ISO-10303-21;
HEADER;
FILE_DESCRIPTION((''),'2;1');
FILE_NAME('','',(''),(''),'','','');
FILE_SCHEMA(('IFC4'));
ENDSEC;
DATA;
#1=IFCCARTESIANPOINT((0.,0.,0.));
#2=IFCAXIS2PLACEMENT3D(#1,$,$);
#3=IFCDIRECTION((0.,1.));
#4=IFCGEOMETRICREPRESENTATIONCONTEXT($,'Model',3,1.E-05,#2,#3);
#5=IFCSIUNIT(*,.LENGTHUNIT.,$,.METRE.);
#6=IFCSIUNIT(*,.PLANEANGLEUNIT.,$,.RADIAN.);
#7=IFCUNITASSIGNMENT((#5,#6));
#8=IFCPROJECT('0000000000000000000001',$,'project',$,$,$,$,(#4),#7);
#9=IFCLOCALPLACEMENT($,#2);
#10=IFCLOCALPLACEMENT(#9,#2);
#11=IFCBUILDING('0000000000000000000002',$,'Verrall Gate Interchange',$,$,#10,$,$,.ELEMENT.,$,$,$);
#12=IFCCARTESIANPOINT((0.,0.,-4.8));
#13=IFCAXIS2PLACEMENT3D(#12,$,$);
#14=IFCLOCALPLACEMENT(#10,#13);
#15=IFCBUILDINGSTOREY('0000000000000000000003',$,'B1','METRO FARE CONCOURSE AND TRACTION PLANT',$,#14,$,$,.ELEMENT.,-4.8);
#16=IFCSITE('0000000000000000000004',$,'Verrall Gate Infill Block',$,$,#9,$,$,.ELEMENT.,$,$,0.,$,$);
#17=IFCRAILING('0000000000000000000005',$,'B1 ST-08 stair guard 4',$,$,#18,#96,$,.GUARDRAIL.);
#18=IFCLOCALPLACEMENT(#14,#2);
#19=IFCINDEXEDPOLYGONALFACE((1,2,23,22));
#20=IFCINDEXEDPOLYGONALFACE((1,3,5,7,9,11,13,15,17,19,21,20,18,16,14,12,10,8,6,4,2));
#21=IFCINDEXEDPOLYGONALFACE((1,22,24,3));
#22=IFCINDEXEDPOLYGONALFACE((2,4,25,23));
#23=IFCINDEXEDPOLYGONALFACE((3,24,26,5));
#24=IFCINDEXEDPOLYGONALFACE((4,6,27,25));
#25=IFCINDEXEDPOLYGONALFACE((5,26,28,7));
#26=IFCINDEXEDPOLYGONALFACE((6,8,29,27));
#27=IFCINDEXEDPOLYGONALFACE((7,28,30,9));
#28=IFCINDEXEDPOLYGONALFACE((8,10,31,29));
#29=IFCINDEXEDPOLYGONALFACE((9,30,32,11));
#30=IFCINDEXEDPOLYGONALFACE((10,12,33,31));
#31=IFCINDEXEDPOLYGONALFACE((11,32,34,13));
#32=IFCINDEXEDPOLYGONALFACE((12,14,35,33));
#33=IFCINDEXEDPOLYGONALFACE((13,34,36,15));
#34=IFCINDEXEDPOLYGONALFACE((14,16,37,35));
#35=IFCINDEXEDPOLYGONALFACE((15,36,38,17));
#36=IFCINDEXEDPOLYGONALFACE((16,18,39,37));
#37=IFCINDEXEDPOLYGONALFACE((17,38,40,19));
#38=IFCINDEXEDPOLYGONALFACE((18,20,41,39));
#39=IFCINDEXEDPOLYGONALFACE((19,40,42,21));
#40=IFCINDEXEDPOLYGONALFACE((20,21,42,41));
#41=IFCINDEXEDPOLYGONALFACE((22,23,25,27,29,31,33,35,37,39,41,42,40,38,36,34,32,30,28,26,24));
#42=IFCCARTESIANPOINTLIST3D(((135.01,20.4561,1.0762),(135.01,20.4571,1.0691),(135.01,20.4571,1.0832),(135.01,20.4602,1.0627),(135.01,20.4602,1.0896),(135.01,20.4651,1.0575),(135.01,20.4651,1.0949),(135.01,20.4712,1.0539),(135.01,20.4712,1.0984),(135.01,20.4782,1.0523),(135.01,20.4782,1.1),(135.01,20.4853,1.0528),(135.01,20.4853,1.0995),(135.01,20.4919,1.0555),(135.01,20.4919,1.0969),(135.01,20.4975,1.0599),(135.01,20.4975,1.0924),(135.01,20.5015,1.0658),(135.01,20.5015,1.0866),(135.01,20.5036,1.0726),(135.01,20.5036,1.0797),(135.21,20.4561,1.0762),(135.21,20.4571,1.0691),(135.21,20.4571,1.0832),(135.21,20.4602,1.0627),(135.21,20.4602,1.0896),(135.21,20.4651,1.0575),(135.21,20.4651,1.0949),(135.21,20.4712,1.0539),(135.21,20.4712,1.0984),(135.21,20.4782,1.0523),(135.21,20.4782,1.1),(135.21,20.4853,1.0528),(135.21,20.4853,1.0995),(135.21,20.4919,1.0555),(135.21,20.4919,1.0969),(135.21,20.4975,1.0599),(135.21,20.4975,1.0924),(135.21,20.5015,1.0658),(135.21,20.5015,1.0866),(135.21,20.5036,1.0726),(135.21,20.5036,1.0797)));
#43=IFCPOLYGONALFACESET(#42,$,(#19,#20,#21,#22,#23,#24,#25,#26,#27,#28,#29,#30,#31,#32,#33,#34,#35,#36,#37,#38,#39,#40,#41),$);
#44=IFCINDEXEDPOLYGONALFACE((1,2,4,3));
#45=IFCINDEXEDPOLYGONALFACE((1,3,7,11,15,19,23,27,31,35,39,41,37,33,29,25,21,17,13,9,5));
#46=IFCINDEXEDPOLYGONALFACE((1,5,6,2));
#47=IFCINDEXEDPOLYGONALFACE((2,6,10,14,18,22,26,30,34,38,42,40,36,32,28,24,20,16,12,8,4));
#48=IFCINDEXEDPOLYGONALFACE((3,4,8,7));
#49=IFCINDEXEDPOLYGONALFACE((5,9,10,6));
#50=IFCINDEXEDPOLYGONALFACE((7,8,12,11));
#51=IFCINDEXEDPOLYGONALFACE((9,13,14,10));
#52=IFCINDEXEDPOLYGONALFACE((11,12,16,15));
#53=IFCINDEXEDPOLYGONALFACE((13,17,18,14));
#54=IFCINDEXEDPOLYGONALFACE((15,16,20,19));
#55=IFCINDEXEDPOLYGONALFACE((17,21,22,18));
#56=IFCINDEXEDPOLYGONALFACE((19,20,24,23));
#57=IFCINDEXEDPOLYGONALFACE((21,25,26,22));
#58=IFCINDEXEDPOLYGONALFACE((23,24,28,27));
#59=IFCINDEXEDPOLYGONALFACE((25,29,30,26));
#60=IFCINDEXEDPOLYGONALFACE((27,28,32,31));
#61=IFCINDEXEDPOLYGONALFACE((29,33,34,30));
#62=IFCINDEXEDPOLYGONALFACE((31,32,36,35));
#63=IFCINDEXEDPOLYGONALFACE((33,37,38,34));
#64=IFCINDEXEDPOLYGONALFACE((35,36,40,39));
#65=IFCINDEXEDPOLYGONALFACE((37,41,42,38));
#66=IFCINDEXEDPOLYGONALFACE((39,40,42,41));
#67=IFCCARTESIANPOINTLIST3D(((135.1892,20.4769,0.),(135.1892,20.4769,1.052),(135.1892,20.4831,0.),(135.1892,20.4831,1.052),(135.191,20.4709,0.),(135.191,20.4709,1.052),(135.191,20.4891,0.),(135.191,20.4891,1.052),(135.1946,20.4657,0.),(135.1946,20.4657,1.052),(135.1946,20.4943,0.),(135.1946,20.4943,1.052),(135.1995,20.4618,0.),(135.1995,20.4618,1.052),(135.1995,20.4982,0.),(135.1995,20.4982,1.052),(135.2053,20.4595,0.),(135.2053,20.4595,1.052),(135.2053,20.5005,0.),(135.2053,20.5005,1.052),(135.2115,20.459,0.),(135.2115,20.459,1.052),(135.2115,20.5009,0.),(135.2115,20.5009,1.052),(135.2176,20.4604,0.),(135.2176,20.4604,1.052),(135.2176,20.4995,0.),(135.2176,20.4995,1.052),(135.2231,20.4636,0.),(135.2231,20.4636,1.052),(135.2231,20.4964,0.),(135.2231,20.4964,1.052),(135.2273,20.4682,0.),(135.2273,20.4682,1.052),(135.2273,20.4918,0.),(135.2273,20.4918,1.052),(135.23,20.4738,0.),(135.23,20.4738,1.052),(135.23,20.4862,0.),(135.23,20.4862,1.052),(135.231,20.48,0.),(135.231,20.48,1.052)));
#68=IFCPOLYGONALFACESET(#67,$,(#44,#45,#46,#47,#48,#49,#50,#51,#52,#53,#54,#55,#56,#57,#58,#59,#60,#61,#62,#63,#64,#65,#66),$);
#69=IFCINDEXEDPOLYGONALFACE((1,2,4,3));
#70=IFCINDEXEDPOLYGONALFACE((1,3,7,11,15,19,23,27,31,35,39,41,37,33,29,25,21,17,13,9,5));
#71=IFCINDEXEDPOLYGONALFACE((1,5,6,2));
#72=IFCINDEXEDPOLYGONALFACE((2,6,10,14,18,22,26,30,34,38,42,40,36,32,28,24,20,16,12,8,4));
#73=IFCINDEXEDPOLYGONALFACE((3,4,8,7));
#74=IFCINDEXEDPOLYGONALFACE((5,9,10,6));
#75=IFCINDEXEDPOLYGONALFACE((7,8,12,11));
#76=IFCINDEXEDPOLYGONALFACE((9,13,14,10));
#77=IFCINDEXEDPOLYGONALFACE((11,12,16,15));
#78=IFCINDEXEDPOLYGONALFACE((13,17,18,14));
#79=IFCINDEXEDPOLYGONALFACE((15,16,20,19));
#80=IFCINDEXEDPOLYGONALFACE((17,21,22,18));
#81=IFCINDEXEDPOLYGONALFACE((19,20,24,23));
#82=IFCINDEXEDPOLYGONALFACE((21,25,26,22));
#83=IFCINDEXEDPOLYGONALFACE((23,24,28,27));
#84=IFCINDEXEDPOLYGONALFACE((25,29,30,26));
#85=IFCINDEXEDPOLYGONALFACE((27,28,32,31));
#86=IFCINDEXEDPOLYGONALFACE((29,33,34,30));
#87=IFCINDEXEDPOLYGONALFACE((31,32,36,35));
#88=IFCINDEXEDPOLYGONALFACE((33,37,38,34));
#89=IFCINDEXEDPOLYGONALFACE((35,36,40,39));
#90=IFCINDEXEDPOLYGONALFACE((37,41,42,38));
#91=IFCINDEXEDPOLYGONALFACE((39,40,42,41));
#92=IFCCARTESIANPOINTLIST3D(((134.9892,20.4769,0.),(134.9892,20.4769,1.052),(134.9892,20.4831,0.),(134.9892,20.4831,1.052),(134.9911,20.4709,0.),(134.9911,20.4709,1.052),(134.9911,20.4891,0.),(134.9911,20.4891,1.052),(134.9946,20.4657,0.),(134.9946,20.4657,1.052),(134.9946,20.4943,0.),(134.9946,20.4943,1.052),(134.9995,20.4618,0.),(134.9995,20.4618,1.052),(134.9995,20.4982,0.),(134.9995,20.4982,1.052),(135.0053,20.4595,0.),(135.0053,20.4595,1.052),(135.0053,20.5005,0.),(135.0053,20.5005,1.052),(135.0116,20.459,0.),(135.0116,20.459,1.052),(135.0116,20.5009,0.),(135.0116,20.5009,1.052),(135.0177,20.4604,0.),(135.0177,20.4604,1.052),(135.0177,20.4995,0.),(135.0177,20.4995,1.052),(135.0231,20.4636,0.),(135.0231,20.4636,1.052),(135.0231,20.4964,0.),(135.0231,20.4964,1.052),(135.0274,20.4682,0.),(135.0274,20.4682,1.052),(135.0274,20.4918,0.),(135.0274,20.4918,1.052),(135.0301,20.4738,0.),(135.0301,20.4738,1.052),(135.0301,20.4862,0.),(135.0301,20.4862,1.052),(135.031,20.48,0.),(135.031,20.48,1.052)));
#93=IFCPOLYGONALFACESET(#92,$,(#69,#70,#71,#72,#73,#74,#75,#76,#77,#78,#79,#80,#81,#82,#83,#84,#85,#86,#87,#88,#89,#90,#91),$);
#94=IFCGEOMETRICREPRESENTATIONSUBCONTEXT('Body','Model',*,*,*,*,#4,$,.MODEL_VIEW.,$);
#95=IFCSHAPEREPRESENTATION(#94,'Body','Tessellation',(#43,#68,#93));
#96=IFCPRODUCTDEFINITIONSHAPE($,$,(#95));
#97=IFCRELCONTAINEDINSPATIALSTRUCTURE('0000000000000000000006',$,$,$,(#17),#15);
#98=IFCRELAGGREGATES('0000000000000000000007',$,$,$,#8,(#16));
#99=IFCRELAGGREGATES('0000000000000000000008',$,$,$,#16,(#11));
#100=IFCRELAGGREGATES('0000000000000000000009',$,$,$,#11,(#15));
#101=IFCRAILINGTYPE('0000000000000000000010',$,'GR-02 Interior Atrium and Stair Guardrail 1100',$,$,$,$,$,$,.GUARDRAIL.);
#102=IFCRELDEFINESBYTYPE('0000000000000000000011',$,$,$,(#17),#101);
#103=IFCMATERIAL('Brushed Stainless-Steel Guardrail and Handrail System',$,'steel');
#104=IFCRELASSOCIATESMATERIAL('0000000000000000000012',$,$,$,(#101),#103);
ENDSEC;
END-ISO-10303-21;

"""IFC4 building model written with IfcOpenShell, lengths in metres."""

from ifc_helpers import new_model, si_unit, direction, frame, origin, origin_2d, place, context, subcontext, project, spatial, circle, extrude, material, type_object, element, save


model = new_model("IFC4")

# Units and contexts
model_context = context("Model", 3, precision=1e-05, world=origin(), true_north=direction((0.0, 1.0)))
body_context = subcontext(model_context, "Body", "Model", "MODEL_VIEW")
ifc_project = project(units=[si_unit("LENGTHUNIT", "METRE"), si_unit("PLANEANGLEUNIT", "RADIAN")], contexts=[model_context])

# Site, building, storey
site_placement = place(None, origin())
site = spatial("IfcSite", under=ifc_project, at=site_placement, Name="Verrall Gate Infill Block", CompositionType="ELEMENT", RefElevation=0.0)
building_placement = place(site_placement, origin())
building = spatial("IfcBuilding", under=site, at=building_placement, Name="Verrall Gate Interchange", CompositionType="ELEMENT")
storey_placement = place(building_placement, frame((0.0, 0.0, -4.8)))
storey = spatial("IfcBuildingStorey", under=building, at=storey_placement, Name="B1", Description="METRO FARE CONCOURSE AND TRACTION PLANT", CompositionType="ELEMENT", Elevation=-4.8)

# Railing
ifc_material_1 = material(Name="Brushed Stainless-Steel Guardrail and Handrail System", Category="steel")
railing_type_1 = type_object("IfcRailingType", Name="GR-02 Interior Atrium and Stair Guardrail 1100", PredefinedType="GUARDRAIL", material=ifc_material_1)
railing_1_placement = place(storey_placement, frame((135.21, 20.48, 0.0)))
element("IfcRailing", 1, at=railing_1_placement, inside=storey, type_object=railing_type_1, Name="B1 ST-08 stair guard 4", PredefinedType="GUARDRAIL", context=body_context, shape_type="SweptSolid", body=[
    extrude(circle(Radius=0.0239, at=origin_2d()), frame((0.0, 0.0, 1.0762), z_axis=(-1.0, 0.0, 0.0), x_axis=(0.0, -1.0, 0.0)), (0.0, 0.0, 1.0), 0.2),
    extrude(circle(Radius=0.021, at=origin_2d()), origin(), (0.0, 0.0, 1.0), 1.052),
    extrude(circle(Radius=0.021, at=origin_2d()), frame((-0.2, 0.0, 0.0)), (0.0, 0.0, 1.0), 1.052),
])

save(model, "model.ifc")
